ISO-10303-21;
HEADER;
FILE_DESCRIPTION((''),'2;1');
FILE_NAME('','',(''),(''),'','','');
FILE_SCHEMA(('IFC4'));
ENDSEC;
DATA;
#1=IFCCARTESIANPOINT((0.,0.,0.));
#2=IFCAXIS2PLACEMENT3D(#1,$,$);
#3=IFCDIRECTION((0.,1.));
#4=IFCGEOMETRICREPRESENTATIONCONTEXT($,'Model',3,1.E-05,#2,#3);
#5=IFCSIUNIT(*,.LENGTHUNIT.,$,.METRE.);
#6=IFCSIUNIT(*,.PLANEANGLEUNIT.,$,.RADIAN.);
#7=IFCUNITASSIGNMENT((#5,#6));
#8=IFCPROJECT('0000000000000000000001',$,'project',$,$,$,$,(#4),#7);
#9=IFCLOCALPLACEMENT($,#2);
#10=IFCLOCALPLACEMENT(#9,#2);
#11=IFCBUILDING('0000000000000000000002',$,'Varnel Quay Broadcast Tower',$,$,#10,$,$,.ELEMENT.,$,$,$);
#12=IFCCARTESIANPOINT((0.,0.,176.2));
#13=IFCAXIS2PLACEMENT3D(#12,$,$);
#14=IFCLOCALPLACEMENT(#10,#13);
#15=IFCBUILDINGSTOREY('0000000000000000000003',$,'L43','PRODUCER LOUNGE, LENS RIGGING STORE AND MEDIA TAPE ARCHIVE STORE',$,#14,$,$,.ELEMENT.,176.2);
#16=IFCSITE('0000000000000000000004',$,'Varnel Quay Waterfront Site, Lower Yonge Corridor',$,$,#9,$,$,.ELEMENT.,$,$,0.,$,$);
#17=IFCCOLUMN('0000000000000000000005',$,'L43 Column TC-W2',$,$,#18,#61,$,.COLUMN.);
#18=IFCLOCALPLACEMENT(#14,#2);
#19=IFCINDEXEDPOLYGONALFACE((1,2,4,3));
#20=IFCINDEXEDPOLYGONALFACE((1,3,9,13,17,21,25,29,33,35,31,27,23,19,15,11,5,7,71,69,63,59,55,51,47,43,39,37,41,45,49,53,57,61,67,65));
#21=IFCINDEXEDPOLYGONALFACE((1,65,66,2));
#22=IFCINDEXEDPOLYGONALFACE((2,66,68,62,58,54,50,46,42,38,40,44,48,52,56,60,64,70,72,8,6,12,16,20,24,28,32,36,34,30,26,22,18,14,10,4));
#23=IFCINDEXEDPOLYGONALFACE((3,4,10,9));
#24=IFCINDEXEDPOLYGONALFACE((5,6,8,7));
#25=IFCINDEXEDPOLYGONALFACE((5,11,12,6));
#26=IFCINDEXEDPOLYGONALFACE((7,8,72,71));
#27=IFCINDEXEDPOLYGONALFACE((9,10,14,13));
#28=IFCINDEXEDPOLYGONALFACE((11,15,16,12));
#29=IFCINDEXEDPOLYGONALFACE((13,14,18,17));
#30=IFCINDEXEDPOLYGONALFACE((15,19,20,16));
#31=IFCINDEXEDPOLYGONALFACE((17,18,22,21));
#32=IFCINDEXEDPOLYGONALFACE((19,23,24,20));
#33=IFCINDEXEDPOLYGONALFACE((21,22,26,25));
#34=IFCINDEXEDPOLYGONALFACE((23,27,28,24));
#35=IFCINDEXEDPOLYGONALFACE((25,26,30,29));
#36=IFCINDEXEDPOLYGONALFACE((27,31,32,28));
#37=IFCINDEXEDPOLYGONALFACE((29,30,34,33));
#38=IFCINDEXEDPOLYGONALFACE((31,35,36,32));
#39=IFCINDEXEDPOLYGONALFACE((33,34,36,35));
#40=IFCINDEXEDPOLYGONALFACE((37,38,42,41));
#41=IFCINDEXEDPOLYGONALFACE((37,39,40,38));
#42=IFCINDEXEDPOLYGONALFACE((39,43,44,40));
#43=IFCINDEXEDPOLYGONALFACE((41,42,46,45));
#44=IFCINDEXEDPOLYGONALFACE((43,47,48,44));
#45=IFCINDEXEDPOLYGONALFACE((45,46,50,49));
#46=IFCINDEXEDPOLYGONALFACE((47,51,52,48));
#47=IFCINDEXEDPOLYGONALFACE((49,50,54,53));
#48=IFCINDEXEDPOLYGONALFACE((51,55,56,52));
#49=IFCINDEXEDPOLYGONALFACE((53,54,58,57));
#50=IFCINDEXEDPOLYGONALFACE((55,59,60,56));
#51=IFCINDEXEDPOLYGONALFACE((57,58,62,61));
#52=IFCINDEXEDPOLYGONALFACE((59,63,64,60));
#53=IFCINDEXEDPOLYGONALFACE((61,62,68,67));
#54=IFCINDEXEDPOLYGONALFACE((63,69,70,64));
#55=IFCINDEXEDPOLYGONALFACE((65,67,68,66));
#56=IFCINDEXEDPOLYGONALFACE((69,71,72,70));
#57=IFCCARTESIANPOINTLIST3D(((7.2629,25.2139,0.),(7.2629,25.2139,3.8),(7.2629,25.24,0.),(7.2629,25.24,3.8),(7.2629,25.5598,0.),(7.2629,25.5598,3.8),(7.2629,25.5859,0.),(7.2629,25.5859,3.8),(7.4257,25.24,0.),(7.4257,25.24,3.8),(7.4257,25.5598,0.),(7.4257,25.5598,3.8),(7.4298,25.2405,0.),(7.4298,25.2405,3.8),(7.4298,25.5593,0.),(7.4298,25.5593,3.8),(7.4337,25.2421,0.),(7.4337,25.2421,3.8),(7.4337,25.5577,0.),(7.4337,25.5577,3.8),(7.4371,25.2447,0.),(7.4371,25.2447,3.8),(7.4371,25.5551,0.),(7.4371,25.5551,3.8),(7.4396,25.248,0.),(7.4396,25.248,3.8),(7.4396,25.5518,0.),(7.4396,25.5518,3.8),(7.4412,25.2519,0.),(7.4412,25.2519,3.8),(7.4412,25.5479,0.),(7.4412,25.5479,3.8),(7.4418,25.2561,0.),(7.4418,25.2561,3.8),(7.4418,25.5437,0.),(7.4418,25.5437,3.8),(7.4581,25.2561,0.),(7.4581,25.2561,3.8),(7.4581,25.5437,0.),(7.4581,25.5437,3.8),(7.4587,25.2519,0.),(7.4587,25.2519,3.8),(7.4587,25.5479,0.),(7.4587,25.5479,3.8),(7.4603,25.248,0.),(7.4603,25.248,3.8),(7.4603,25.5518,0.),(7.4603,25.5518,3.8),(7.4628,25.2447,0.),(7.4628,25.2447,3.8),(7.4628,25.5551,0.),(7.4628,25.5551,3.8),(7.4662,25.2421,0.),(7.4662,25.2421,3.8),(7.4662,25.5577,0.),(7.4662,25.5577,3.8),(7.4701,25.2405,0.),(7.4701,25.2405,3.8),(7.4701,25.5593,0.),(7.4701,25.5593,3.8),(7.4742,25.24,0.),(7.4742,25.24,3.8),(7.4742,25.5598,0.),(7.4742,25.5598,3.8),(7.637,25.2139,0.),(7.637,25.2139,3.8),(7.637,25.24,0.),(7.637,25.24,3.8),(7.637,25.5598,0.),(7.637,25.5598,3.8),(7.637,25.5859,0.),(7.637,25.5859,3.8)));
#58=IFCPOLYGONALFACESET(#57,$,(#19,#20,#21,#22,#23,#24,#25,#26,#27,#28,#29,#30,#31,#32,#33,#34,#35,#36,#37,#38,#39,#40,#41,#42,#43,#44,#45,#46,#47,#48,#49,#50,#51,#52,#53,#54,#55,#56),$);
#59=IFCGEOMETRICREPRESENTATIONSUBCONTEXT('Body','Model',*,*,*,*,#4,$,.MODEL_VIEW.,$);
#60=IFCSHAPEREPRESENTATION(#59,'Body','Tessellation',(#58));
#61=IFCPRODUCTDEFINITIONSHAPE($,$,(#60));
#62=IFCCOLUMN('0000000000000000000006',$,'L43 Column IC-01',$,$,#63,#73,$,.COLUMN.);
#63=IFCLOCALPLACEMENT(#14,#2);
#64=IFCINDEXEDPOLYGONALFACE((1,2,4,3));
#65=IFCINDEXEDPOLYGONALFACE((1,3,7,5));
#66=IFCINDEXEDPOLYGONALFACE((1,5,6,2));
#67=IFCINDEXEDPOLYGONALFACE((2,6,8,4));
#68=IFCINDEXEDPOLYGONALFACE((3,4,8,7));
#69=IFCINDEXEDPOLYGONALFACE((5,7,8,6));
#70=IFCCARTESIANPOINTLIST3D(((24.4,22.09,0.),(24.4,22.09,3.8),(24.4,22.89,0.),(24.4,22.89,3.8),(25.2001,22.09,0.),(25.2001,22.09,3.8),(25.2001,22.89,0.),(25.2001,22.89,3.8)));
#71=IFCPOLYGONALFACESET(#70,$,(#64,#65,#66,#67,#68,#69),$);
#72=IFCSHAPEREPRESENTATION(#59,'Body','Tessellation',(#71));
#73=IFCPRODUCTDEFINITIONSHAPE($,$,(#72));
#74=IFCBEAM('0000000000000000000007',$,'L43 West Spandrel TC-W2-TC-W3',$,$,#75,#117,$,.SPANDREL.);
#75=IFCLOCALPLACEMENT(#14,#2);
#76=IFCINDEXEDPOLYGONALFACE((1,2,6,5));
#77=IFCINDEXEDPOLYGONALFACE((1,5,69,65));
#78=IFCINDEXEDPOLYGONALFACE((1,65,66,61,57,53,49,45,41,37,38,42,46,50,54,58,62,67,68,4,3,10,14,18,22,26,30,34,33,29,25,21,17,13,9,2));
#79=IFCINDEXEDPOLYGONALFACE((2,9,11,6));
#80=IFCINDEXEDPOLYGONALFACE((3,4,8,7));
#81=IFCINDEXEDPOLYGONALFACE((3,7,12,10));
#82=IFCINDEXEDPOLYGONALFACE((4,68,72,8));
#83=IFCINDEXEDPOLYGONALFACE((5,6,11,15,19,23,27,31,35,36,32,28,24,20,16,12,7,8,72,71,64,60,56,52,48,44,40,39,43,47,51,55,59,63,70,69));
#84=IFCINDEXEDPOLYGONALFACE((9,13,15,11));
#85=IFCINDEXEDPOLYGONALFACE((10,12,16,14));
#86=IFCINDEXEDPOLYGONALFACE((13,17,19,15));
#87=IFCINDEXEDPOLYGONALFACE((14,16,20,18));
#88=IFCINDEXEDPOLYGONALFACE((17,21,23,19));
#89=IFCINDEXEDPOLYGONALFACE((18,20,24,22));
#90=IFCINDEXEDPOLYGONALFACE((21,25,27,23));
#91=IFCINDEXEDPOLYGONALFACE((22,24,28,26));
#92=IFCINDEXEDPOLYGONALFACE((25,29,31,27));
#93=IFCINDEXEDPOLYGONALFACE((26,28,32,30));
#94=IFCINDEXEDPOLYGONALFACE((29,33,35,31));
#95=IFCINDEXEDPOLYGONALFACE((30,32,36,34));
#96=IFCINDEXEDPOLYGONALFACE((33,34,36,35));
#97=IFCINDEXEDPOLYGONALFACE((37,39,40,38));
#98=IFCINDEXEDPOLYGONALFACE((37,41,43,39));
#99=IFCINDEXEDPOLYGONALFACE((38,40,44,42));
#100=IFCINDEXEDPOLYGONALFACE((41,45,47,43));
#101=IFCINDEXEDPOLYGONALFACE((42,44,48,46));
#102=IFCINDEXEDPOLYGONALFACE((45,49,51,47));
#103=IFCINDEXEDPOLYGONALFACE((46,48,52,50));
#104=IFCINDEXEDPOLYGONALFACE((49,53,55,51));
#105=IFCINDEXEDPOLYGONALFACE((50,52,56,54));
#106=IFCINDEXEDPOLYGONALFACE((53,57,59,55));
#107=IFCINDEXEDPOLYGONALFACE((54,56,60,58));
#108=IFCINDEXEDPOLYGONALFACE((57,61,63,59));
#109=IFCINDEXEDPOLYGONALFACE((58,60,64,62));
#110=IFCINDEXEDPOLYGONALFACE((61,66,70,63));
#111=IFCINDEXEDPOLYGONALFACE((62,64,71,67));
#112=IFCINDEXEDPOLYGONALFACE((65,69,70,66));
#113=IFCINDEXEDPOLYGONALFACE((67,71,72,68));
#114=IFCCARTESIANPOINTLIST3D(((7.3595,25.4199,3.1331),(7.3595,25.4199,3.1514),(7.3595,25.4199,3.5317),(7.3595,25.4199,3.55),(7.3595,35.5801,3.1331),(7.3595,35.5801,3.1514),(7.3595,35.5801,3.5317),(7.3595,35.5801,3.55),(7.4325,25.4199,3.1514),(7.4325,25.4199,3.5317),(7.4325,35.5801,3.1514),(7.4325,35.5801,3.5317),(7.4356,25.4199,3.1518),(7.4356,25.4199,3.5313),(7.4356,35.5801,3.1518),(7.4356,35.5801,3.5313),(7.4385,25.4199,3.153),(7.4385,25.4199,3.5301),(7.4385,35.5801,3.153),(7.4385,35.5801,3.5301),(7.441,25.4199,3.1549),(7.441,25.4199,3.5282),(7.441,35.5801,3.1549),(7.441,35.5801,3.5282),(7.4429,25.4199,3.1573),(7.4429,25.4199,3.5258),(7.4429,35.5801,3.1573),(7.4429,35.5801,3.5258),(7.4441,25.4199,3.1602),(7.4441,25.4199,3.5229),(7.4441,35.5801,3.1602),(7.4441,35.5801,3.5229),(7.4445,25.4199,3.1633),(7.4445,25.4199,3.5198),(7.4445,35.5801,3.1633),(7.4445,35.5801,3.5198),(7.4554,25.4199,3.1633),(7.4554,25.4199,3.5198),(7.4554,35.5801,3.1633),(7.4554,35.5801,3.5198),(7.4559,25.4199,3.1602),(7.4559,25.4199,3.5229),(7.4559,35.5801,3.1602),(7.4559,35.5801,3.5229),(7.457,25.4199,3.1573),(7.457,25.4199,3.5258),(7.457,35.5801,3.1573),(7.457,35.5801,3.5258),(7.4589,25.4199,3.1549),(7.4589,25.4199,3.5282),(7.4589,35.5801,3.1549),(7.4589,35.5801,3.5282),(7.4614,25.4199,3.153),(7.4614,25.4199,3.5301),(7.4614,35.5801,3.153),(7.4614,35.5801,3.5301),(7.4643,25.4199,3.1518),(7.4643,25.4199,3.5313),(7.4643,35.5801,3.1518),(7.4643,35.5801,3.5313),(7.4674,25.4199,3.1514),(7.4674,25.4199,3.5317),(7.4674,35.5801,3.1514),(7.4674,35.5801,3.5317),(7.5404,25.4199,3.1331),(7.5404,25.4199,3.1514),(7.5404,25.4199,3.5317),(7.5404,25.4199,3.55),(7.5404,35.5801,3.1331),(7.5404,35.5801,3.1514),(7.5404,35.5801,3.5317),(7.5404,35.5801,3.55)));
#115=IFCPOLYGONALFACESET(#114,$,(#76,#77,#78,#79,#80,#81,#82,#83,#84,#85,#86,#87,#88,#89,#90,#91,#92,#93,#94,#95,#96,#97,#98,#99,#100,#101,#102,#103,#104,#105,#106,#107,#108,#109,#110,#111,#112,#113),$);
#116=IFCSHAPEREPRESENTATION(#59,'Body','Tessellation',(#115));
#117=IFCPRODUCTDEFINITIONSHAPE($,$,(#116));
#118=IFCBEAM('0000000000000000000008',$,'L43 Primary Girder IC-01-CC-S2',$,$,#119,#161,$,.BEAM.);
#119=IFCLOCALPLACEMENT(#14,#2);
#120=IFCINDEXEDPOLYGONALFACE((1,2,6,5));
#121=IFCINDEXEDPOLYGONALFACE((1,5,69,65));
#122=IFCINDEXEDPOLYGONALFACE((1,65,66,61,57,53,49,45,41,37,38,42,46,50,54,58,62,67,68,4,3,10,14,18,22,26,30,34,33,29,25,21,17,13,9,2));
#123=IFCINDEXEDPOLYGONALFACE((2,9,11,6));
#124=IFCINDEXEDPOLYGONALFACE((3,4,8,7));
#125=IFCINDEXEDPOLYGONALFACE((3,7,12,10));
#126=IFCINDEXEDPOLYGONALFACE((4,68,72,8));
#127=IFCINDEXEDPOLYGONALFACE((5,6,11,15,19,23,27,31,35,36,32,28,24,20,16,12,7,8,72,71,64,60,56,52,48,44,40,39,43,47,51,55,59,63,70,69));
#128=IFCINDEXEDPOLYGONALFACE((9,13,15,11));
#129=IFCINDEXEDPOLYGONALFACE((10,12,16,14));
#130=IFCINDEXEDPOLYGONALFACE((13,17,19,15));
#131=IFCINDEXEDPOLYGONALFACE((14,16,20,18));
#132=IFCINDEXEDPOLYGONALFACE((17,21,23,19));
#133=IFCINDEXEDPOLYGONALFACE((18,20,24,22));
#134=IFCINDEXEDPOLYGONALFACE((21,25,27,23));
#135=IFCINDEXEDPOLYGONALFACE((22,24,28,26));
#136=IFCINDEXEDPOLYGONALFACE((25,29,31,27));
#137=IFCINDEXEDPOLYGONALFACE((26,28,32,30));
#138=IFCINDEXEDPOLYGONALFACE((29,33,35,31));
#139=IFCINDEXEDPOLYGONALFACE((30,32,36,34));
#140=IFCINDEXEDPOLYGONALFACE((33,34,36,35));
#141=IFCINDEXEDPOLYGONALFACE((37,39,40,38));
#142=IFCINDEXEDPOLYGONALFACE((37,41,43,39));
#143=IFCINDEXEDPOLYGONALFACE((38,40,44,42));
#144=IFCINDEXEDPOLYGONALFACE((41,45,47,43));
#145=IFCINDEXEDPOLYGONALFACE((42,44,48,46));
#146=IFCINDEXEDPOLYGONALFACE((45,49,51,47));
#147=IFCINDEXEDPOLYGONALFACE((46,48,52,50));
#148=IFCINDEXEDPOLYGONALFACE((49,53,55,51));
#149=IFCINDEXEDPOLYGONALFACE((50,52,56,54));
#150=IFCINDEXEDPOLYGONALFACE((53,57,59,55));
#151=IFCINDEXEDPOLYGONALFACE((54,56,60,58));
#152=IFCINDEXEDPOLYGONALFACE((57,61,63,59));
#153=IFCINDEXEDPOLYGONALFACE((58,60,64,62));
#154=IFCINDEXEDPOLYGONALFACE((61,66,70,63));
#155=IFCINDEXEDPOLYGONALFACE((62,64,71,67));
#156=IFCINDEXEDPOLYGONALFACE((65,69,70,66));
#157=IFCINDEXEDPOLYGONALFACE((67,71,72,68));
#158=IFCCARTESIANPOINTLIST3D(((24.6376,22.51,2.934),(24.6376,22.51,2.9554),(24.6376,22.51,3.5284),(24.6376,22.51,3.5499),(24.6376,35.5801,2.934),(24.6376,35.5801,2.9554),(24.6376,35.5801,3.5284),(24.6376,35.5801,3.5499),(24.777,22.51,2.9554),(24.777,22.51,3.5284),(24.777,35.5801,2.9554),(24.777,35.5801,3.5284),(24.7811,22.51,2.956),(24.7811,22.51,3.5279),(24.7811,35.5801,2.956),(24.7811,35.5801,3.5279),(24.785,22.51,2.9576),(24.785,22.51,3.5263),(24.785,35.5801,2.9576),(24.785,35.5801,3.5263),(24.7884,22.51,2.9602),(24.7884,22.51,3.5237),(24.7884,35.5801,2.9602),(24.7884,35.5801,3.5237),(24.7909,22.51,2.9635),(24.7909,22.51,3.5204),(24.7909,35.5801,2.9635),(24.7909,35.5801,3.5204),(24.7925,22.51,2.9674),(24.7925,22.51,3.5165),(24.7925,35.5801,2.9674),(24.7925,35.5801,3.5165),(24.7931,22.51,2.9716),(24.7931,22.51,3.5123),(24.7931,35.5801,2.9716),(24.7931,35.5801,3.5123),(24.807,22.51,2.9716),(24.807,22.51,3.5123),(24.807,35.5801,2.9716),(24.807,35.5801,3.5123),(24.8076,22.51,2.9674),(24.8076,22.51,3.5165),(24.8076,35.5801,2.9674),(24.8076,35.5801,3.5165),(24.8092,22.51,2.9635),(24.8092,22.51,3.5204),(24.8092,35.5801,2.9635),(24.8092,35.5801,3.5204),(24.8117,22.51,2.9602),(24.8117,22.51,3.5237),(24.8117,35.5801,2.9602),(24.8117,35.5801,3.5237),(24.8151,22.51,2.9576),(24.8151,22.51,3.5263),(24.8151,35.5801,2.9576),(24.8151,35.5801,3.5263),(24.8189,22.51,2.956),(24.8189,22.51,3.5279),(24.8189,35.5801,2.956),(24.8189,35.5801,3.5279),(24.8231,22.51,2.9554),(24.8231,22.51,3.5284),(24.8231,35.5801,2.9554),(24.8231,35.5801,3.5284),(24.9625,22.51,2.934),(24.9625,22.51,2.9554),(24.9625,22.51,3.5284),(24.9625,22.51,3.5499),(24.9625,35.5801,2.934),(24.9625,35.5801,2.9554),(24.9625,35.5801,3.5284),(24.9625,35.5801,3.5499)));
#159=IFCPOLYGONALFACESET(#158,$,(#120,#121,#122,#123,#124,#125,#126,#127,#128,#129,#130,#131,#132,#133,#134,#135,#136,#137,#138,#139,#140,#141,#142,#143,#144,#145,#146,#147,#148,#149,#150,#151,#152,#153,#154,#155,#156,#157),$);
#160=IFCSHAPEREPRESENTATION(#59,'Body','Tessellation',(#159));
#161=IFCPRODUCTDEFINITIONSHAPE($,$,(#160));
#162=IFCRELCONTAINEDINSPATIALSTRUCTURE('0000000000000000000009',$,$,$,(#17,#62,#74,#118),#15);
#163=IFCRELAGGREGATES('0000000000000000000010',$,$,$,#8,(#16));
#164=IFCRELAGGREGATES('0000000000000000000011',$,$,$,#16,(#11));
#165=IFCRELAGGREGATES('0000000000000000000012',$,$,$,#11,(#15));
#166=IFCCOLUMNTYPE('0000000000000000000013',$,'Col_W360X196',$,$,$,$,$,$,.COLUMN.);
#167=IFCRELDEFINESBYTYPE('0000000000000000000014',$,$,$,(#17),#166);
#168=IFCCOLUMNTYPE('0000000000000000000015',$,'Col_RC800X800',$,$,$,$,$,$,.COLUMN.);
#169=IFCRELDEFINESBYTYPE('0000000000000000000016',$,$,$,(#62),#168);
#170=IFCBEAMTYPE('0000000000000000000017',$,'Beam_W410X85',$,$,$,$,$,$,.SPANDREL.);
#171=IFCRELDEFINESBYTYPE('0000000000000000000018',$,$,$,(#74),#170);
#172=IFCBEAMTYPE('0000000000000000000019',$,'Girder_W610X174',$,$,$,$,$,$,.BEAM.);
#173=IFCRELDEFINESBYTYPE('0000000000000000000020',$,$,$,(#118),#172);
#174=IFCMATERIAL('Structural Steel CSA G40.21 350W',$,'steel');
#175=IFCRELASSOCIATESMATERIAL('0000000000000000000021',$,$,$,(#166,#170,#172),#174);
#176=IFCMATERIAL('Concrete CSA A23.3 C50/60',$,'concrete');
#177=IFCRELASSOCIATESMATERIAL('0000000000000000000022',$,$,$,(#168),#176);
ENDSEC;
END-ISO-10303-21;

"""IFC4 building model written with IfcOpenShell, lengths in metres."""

from ifc_helpers import new_model, si_unit, direction, frame, origin, origin_2d, place, context, subcontext, project, spatial, rectangle, i_section, extrude, source, transform, mapped, material, material_profile, profile_set, type_object, type_shapes, element, save


model = new_model("IFC4")

# Units and contexts
model_context = context("Model", 3, precision=1e-05, world=origin(), true_north=direction((0.0, 1.0)))
body_context = subcontext(model_context, "Body", "Model", "MODEL_VIEW")
ifc_project = project(units=[si_unit("LENGTHUNIT", "METRE"), si_unit("PLANEANGLEUNIT", "RADIAN")], contexts=[model_context])

# Site, building, storey
site_placement = place(None, origin())
site = spatial("IfcSite", under=ifc_project, at=site_placement, Name="Varnel Quay Waterfront Site, Lower Yonge Corridor", CompositionType="ELEMENT", RefElevation=0.0)
building_placement = place(site_placement, origin())
building = spatial("IfcBuilding", under=site, at=building_placement, Name="Varnel Quay Broadcast Tower", CompositionType="ELEMENT")
storey_placement = place(building_placement, frame((0.0, 0.0, 176.2)))
storey = spatial("IfcBuildingStorey", under=building, at=storey_placement, Name="L43", Description="PRODUCER LOUNGE, LENS RIGGING STORE AND MEDIA TAPE ARCHIVE STORE", CompositionType="ELEMENT", Elevation=176.2)

# Columns
ifc_material_1 = material(Name="Structural Steel CSA G40.21 350W", Category="steel")
ifc_material_profile_1 = material_profile(ifc_material_1, i_section(OverallWidth=0.374, OverallDepth=0.3721, WebThickness=0.0164, FlangeThickness=0.0261, FilletRadius=0.0161, at=origin_2d()), Name="W360X196")
ifc_profile_set_1 = profile_set([ifc_material_profile_1], Name="Structural Steel CSA G40.21 350W")
column_type_1 = type_object("IfcColumnType", Name="Col_W360X196", PredefinedType="COLUMN", material=ifc_profile_set_1)
shared_shape_1 = source(origin(), body_context, "Body", "SweptSolid", [
    extrude(i_section(OverallWidth=0.374, OverallDepth=0.3721, WebThickness=0.0164, FlangeThickness=0.0261, FilletRadius=0.0161, at=origin_2d()), origin(), (0.0, 0.0, 1.0), 3.8),
])
type_shapes(column_type_1, [shared_shape_1])
column_1_placement = place(storey_placement, frame((7.45, 25.3999, 0.0), z_axis=(0.0, 0.0, 1.0), x_axis=(1.0, 0.0, 0.0)))
element("IfcColumn", 1, at=column_1_placement, inside=storey, type_object=column_type_1, Name="L43 Column TC-W2", PredefinedType="COLUMN", context=body_context, shape_type="MappedRepresentation", body=[
    mapped(shared_shape_1, transform((0.0, 0.0, 0.0), x_axis=(1.0, 0.0, 0.0), y_axis=(0.0, 1.0, 0.0), z_axis=(0.0, 0.0, 1.0), scale=1.0)),
])
ifc_material_2 = material(Name="Concrete CSA A23.3 C50/60", Category="concrete")
ifc_material_profile_2 = material_profile(ifc_material_2, rectangle(XDim=0.8, YDim=0.8, at=origin_2d()), Name="RC800X800")
ifc_profile_set_2 = profile_set([ifc_material_profile_2], Name="Concrete CSA A23.3 C50/60")
column_type_2 = type_object("IfcColumnType", Name="Col_RC800X800", PredefinedType="COLUMN", material=ifc_profile_set_2)
shared_shape_2 = source(origin(), body_context, "Body", "SweptSolid", [
    extrude(rectangle(XDim=0.8, YDim=0.8, at=origin_2d()), origin(), (0.0, 0.0, 1.0), 3.8),
])
type_shapes(column_type_2, [shared_shape_2])
column_2_placement = place(storey_placement, frame((24.8, 22.49, 0.0), z_axis=(0.0, 0.0, 1.0), x_axis=(1.0, 0.0, 0.0)))
element("IfcColumn", 2, at=column_2_placement, inside=storey, type_object=column_type_2, Name="L43 Column IC-01", PredefinedType="COLUMN", context=body_context, shape_type="MappedRepresentation", body=[
    mapped(shared_shape_2, transform((0.0, 0.0, 0.0), x_axis=(1.0, 0.0, 0.0), y_axis=(0.0, 1.0, 0.0), z_axis=(0.0, 0.0, 1.0), scale=1.0)),
])

# Beams
ifc_material_profile_3 = material_profile(ifc_material_1, i_section(OverallWidth=0.1809, OverallDepth=0.417, WebThickness=0.011, FlangeThickness=0.0183, FilletRadius=0.012, at=origin_2d()), Name="W410X85")
ifc_profile_set_3 = profile_set([ifc_material_profile_3], Name="Structural Steel CSA G40.21 350W")
beam_type_1 = type_object("IfcBeamType", Name="Beam_W410X85", PredefinedType="SPANDREL", material=ifc_profile_set_3)
shared_shape_3 = source(origin(), body_context, "Body", "SweptSolid", [
    extrude(i_section(OverallWidth=0.1809, OverallDepth=0.417, WebThickness=0.011, FlangeThickness=0.0183, FilletRadius=0.012, at=origin_2d()), origin(), (0.0, 0.0, 1.0), 10.1602),
])
type_shapes(beam_type_1, [shared_shape_3])
beam_1_placement = place(storey_placement, frame((7.45, 25.4199, 3.3416), z_axis=(0.0, 1.0, 0.0), x_axis=(-1.0, 0.0, 0.0)))
element("IfcBeam", 3, at=beam_1_placement, inside=storey, type_object=beam_type_1, Name="L43 West Spandrel TC-W2-TC-W3", PredefinedType="SPANDREL", context=body_context, shape_type="MappedRepresentation", body=[
    mapped(shared_shape_3, transform((0.0, 0.0, 0.0), x_axis=(1.0, 0.0, 0.0), y_axis=(0.0, 1.0, 0.0), z_axis=(0.0, 0.0, 1.0), scale=1.0)),
])
ifc_material_profile_4 = material_profile(ifc_material_1, i_section(OverallWidth=0.325, OverallDepth=0.616, WebThickness=0.0139, FlangeThickness=0.0215, FilletRadius=0.0161, at=origin_2d()), Name="W610X174")
ifc_profile_set_4 = profile_set([ifc_material_profile_4], Name="Structural Steel CSA G40.21 350W")
beam_type_2 = type_object("IfcBeamType", Name="Girder_W610X174", PredefinedType="BEAM", material=ifc_profile_set_4)
shared_shape_4 = source(origin(), body_context, "Body", "SweptSolid", [
    extrude(i_section(OverallWidth=0.325, OverallDepth=0.616, WebThickness=0.0139, FlangeThickness=0.0215, FilletRadius=0.0161, at=origin_2d()), origin(), (0.0, 0.0, 1.0), 13.0701),
])
beam_2_placement = place(storey_placement, frame((24.8, 22.51, 3.2419), z_axis=(0.0, 1.0, 0.0), x_axis=(-1.0, 0.0, 0.0)))
element("IfcBeam", 4, at=beam_2_placement, inside=storey, type_object=beam_type_2, Name="L43 Primary Girder IC-01-CC-S2", PredefinedType="BEAM", context=body_context, shape_type="MappedRepresentation", body=[
    mapped(shared_shape_4, transform((0.0, 0.0, 0.0), x_axis=(1.0, 0.0, 0.0), y_axis=(0.0, 1.0, 0.0), z_axis=(0.0, 0.0, 1.0), scale=1.0)),
])

save(model, "model.ifc")
